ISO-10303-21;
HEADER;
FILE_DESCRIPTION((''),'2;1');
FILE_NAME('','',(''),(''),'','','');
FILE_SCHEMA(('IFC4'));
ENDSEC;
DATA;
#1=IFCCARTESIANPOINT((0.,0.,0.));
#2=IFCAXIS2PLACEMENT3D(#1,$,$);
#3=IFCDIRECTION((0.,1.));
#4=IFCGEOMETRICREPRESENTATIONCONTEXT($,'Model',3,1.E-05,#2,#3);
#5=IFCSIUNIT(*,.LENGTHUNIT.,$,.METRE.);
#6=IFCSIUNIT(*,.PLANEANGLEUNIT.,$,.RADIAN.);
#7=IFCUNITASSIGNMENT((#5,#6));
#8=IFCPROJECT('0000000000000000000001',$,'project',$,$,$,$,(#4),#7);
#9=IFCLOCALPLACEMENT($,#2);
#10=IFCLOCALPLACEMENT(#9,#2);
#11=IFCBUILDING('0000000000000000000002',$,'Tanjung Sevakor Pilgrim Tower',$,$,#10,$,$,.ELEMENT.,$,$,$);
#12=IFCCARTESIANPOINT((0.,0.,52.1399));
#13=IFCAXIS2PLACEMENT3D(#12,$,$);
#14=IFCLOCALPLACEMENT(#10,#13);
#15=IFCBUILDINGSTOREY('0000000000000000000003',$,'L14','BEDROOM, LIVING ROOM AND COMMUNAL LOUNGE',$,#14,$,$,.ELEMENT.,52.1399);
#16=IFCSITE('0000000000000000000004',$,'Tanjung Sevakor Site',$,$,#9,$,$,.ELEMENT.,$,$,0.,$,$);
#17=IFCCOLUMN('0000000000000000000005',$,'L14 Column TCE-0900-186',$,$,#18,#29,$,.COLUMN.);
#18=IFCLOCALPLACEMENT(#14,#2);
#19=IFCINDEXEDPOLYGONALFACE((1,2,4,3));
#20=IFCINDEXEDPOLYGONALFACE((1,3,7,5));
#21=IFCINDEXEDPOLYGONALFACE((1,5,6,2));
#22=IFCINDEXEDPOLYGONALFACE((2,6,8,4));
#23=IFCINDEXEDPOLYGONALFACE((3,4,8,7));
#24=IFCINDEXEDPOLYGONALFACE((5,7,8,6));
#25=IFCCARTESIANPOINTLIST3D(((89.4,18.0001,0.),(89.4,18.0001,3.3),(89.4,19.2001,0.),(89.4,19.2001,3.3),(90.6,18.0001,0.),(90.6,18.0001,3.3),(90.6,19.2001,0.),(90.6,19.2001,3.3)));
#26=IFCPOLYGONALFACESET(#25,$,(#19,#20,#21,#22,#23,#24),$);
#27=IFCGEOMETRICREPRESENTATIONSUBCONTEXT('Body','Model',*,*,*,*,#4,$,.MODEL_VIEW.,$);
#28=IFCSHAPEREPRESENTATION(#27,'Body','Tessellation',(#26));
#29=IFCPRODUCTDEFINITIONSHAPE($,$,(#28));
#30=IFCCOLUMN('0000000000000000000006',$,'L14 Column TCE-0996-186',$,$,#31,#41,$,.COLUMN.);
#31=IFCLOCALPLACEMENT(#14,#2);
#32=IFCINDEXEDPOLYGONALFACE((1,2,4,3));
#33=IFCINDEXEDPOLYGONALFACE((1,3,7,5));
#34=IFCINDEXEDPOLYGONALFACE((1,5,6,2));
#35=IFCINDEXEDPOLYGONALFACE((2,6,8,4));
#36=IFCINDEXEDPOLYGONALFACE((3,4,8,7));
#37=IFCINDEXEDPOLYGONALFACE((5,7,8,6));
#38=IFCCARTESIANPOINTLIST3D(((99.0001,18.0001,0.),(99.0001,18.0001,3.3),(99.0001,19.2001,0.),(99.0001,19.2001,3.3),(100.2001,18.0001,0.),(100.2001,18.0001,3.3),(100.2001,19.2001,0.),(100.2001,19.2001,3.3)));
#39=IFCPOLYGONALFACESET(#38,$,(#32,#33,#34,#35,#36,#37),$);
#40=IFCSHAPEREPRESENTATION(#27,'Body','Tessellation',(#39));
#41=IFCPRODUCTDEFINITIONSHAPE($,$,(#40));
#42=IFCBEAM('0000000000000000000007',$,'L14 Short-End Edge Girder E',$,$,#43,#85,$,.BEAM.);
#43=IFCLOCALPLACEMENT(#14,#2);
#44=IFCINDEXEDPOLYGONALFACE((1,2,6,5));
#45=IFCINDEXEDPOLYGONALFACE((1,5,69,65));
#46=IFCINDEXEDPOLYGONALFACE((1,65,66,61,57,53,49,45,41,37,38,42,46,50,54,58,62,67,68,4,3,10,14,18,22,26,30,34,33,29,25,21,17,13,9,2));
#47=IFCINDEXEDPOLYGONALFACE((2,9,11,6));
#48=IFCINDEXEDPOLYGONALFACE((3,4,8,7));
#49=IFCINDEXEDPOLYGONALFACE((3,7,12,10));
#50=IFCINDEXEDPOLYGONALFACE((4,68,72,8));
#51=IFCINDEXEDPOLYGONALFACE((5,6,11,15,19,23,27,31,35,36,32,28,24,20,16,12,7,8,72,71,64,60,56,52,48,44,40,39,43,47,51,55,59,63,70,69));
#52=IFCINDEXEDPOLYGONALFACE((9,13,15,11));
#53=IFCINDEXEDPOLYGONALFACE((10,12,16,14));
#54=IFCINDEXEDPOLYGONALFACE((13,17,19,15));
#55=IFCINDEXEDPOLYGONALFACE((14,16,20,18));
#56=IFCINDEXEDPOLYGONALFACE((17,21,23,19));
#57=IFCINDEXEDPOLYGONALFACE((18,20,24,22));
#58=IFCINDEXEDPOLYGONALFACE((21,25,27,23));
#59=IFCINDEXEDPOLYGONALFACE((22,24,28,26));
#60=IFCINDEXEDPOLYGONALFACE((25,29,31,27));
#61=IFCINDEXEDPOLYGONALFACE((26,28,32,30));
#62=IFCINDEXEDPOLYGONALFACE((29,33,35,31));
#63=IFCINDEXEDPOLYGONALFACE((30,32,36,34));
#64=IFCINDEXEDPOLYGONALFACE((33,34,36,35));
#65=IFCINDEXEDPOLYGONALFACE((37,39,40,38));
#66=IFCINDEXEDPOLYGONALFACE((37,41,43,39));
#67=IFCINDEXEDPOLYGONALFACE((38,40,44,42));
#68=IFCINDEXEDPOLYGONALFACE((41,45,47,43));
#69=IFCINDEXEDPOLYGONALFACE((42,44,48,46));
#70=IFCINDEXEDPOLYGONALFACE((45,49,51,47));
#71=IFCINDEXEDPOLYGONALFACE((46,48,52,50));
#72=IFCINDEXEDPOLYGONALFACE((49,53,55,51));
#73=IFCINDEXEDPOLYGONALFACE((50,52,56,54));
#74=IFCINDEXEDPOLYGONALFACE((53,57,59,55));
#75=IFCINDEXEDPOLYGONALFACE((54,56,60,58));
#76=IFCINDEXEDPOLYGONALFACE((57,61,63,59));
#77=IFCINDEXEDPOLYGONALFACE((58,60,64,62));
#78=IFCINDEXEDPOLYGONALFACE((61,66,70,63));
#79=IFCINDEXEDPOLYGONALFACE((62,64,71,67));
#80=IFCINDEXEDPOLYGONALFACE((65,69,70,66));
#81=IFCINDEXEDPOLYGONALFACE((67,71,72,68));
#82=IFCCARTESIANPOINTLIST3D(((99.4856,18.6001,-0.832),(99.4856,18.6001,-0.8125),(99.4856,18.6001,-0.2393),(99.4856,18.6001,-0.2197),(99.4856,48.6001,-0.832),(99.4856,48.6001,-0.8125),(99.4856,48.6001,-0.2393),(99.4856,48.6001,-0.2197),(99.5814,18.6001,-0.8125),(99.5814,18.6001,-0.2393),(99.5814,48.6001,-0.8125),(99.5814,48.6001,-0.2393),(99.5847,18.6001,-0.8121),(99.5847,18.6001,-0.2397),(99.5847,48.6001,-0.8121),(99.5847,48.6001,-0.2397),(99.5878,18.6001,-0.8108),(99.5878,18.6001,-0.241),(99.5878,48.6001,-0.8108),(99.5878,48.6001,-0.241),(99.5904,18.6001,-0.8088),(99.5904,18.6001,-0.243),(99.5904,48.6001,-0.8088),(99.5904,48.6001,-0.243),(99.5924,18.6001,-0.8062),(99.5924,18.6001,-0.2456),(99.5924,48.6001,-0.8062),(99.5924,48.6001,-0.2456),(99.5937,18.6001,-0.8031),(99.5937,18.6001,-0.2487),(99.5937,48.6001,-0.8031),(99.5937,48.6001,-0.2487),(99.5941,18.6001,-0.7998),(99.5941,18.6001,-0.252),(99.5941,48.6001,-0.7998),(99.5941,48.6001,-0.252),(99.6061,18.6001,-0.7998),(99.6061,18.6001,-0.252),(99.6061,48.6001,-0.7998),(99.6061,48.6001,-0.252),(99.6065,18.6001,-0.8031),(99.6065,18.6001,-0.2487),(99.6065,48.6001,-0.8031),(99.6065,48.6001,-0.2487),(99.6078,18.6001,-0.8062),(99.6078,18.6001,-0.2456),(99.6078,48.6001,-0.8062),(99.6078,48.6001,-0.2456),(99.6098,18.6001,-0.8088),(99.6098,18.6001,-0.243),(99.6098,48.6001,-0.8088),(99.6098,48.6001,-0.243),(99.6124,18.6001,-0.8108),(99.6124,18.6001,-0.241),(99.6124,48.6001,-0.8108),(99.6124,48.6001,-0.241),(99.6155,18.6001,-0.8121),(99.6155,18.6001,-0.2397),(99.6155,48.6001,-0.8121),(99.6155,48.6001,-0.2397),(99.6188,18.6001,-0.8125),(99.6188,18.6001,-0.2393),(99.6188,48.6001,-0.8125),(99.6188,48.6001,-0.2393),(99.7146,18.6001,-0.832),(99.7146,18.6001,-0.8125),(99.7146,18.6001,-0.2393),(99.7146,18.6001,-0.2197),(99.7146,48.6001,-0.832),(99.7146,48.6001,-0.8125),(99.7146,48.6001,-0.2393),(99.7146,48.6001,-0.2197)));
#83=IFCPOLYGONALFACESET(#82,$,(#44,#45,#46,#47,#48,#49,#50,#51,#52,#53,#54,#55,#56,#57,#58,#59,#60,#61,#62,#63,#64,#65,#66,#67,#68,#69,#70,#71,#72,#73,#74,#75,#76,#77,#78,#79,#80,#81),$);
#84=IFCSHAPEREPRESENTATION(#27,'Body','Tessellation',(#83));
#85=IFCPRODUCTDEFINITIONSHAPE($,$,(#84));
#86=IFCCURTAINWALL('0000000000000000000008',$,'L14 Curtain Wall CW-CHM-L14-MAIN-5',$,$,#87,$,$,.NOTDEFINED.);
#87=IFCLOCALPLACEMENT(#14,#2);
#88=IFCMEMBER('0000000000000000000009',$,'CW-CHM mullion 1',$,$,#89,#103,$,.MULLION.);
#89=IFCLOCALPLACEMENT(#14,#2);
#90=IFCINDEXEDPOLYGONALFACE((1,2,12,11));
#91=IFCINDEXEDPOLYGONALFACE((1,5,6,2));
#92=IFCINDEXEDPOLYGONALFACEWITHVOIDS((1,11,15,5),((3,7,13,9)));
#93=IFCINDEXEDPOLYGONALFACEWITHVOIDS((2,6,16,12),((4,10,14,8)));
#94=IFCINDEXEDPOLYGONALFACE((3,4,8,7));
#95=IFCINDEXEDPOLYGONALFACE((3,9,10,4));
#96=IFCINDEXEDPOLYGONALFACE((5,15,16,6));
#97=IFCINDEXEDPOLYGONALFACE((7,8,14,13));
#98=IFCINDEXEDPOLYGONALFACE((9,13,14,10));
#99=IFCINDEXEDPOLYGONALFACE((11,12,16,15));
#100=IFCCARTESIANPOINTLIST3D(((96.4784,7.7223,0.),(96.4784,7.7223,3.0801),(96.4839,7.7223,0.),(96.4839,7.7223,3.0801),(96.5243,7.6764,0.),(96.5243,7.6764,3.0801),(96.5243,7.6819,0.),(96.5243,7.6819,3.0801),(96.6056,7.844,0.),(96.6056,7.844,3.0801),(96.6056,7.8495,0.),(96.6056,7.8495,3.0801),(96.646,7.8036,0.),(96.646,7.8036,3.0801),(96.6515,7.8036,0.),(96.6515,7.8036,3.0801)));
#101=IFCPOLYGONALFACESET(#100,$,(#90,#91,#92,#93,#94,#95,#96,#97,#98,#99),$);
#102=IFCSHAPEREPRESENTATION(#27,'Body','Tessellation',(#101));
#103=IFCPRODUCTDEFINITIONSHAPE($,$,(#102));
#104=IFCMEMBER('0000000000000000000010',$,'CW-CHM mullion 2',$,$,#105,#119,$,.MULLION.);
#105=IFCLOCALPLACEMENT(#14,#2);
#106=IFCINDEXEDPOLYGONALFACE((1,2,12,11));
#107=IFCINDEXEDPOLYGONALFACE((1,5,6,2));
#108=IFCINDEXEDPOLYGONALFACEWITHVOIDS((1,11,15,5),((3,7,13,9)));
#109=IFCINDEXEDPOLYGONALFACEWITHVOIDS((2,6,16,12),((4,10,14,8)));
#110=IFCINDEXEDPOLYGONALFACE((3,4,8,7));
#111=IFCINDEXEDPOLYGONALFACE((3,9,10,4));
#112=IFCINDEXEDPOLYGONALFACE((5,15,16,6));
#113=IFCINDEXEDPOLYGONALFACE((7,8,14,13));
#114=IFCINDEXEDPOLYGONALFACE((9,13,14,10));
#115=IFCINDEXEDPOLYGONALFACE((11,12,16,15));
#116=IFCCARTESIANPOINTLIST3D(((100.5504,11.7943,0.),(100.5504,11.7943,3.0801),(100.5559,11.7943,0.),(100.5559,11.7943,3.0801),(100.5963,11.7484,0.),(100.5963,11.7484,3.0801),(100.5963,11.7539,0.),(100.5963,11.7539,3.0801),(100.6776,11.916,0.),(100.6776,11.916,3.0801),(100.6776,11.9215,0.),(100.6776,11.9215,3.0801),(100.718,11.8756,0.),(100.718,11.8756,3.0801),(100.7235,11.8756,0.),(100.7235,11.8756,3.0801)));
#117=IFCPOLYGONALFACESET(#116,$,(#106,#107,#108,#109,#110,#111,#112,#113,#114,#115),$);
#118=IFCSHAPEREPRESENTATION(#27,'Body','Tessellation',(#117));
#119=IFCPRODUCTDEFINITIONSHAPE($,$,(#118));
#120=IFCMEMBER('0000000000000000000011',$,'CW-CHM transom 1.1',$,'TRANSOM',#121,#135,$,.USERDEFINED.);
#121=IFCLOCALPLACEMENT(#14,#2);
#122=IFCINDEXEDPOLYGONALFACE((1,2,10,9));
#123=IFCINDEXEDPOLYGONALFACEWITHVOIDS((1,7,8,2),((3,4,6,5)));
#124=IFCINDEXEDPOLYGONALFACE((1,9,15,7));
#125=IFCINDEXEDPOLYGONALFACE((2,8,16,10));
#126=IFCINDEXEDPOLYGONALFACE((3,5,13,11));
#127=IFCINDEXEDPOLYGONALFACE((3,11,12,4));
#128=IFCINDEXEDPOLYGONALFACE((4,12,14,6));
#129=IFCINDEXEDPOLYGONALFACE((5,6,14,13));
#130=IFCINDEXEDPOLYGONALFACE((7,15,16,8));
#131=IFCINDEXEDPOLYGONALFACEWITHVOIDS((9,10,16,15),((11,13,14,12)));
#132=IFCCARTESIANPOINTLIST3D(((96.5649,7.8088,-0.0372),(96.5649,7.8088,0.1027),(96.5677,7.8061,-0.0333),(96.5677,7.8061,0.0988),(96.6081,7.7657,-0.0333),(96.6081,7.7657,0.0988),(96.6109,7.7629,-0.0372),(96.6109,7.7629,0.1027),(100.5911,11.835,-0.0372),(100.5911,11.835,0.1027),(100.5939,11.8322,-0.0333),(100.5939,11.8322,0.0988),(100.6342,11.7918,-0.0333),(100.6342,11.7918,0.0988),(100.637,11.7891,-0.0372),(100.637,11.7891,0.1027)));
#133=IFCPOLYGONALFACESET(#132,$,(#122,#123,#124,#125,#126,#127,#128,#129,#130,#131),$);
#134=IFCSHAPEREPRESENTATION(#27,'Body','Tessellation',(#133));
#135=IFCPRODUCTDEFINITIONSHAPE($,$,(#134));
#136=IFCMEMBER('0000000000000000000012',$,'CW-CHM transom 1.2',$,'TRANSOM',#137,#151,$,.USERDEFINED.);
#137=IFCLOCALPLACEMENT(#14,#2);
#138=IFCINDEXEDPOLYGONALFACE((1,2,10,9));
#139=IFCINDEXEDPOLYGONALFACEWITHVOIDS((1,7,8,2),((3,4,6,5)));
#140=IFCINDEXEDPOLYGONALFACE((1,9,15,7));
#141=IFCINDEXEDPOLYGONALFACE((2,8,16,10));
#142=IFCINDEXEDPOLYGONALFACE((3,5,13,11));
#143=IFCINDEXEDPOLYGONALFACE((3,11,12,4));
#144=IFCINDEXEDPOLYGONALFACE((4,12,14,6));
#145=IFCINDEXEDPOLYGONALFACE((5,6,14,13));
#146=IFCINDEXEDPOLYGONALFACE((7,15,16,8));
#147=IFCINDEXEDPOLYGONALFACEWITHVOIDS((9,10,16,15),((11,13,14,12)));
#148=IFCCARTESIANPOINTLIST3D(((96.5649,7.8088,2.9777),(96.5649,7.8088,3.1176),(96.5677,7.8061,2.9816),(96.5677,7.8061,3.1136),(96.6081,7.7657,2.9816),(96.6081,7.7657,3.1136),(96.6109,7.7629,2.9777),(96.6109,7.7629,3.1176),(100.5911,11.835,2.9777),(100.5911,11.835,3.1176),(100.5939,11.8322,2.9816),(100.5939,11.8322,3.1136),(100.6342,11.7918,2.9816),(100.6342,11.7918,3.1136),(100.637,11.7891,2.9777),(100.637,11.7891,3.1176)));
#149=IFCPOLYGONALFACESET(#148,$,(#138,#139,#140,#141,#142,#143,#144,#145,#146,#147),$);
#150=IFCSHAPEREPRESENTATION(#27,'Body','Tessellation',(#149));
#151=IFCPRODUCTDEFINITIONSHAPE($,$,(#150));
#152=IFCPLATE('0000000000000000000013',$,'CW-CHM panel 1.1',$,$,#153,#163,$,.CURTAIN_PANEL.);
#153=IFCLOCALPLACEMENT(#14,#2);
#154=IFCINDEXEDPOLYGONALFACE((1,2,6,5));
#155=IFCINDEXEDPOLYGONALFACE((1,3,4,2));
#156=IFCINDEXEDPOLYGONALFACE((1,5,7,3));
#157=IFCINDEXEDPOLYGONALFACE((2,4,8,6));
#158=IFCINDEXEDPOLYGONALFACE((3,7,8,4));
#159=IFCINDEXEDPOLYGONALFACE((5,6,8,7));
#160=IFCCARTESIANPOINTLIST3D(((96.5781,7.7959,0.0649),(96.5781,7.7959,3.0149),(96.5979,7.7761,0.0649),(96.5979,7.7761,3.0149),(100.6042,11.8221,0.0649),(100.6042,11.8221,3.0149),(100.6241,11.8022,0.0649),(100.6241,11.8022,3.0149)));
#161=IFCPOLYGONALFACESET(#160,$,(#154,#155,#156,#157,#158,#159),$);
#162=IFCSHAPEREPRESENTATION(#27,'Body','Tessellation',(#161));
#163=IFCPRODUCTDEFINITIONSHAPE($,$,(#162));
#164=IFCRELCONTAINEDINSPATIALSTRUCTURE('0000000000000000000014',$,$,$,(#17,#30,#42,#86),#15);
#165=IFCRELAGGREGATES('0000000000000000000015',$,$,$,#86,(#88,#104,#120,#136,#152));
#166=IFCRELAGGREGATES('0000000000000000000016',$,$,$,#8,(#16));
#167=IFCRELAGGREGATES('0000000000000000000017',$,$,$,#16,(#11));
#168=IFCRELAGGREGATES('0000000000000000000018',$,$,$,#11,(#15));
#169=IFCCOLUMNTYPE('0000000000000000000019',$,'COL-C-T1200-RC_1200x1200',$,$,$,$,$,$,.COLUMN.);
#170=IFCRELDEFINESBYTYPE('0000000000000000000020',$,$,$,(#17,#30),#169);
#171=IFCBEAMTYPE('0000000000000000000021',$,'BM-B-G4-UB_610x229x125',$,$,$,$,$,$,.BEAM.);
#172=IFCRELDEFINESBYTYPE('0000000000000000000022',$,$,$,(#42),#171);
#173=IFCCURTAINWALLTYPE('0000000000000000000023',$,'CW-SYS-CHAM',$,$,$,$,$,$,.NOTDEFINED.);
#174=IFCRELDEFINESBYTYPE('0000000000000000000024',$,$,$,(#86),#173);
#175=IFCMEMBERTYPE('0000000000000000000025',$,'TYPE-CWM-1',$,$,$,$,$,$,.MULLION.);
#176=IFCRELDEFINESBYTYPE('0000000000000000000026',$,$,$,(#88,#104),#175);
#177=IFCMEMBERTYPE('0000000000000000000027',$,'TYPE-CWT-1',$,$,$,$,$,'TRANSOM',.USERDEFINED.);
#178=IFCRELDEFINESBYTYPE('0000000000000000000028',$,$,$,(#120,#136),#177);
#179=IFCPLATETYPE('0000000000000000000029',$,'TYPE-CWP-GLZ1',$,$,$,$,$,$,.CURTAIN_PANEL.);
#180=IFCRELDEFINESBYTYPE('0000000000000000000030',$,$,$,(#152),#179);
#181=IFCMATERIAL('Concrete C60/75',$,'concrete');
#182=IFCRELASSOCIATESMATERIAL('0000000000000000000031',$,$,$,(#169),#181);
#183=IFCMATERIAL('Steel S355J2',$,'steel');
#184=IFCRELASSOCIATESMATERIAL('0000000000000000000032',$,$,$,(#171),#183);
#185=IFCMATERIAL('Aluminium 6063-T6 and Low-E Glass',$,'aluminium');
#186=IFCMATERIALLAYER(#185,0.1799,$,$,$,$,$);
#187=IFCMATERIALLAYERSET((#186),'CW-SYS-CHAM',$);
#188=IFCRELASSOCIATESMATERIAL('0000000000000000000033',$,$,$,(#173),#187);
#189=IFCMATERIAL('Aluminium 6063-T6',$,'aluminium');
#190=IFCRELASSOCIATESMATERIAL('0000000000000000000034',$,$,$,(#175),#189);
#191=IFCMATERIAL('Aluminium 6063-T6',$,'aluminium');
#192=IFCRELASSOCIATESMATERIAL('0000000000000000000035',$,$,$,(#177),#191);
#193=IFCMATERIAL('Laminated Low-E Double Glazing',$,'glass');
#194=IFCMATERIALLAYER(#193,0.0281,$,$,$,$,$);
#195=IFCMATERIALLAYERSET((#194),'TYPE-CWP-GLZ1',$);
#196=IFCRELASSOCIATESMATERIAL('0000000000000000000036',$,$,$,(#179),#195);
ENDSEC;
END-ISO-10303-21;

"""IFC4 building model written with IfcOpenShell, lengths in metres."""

from ifc_helpers import new_model, si_unit, direction, frame, origin, origin_2d, place, context, subcontext, project, spatial, rectangle, hollow_rectangle, i_section, extrude, material, layer, layer_set, material_profile, profile_set, type_object, element, aggregate, save


model = new_model("IFC4")

# Units and contexts
model_context = context("Model", 3, precision=1e-05, world=origin(), true_north=direction((0.0, 1.0)))
body_context = subcontext(model_context, "Body", "Model", "MODEL_VIEW")
ifc_project = project(units=[si_unit("LENGTHUNIT", "METRE"), si_unit("PLANEANGLEUNIT", "RADIAN")], contexts=[model_context])

# Site, building, storey
site_placement = place(None, origin())
site = spatial("IfcSite", under=ifc_project, at=site_placement, Name="Tanjung Sevakor Site", CompositionType="ELEMENT", RefElevation=0.0)
building_placement = place(site_placement, origin())
building = spatial("IfcBuilding", under=site, at=building_placement, Name="Tanjung Sevakor Pilgrim Tower", CompositionType="ELEMENT")
storey_placement = place(building_placement, frame((0.0, 0.0, 52.1399)))
storey = spatial("IfcBuildingStorey", under=building, at=storey_placement, Name="L14", Description="BEDROOM, LIVING ROOM AND COMMUNAL LOUNGE", CompositionType="ELEMENT", Elevation=52.1399)

# Columns
ifc_material_1 = material(Name="Concrete C60/75", Category="concrete")
ifc_material_profile_1 = material_profile(ifc_material_1, rectangle(XDim=1.2, YDim=1.2, at=origin_2d()))
ifc_profile_set_1 = profile_set([ifc_material_profile_1], Name="Concrete C60/75")
column_type = type_object("IfcColumnType", Name="COL-C-T1200-RC_1200x1200", PredefinedType="COLUMN", material=ifc_profile_set_1)
for number, where, z_axis, x_axis, name in (
    (1, (90.0, 18.6001, 0.0), (0.0, 0.0, 1.0), (1.0, 0.0, 0.0), "L14 Column TCE-0900-186"),
    (2, (99.6001, 18.6001, 0.0), (0.0, 0.0, 1.0), (1.0, 0.0, 0.0), "L14 Column TCE-0996-186"),
):
    element("IfcColumn", number, at=place(storey_placement, frame(where, z_axis=z_axis, x_axis=x_axis)), inside=storey, type_object=column_type, Name=name, PredefinedType="COLUMN", context=body_context, shape_type="SweptSolid", body=[
        extrude(rectangle(XDim=1.2, YDim=1.2, at=origin_2d()), origin(), (0.0, 0.0, 1.0), 3.3),
    ])

# Beam
ifc_material_2 = material(Name="Steel S355J2", Category="steel")
ifc_material_profile_2 = material_profile(ifc_material_2, i_section(OverallWidth=0.229, OverallDepth=0.6123, WebThickness=0.012, FlangeThickness=0.0195, FilletRadius=0.0127, at=origin_2d()))
ifc_profile_set_2 = profile_set([ifc_material_profile_2], Name="Steel S355J2")
beam_type = type_object("IfcBeamType", Name="BM-B-G4-UB_610x229x125", PredefinedType="BEAM", material=ifc_profile_set_2)
beam_placement = place(storey_placement, frame((99.6001, 18.6001, -0.5259), z_axis=(0.0, 1.0, 0.0), x_axis=(-1.0, 0.0, 0.0)))
element("IfcBeam", 3, at=beam_placement, inside=storey, type_object=beam_type, Name="L14 Short-End Edge Girder E", PredefinedType="BEAM", context=body_context, shape_type="SweptSolid", body=[
    extrude(i_section(OverallWidth=0.229, OverallDepth=0.6123, WebThickness=0.012, FlangeThickness=0.0195, FilletRadius=0.0127, at=origin_2d()), origin(), (0.0, 0.0, 1.0), 30.0),
])

# Curtain wall, members, plate
ifc_material_3 = material(Name="Aluminium 6063-T6 and Low-E Glass", Category="aluminium")
ifc_layer_1 = layer(ifc_material_3, 0.1799)
ifc_layer_set_1 = layer_set([ifc_layer_1], Name="CW-SYS-CHAM")
curtain_wall_type = type_object("IfcCurtainWallType", Name="CW-SYS-CHAM", PredefinedType="NOTDEFINED", material=ifc_layer_set_1)
curtain_wall_placement = place(storey_placement, origin())
curtain_wall = element("IfcCurtainWall", 4, at=curtain_wall_placement, inside=storey, type_object=curtain_wall_type, Name="L14 Curtain Wall CW-CHM-L14-MAIN-5", PredefinedType="NOTDEFINED")
ifc_material_4 = material(Name="Aluminium 6063-T6", Category="aluminium")
ifc_material_profile_3 = material_profile(ifc_material_4, hollow_rectangle(XDim=0.0649, YDim=0.1799, WallThickness=0.0039, at=origin_2d()))
ifc_profile_set_3 = profile_set([ifc_material_profile_3], Name="Aluminium 6063-T6")
member_type_1 = type_object("IfcMemberType", Name="TYPE-CWM-1", PredefinedType="MULLION", material=ifc_profile_set_3)
member_1_placement = place(storey_placement, frame((96.5649, 7.7629, 0.0), z_axis=(0.0, 0.0, 1.0), x_axis=(-0.707107, 0.707107, 0.0)))
member_1 = element("IfcMember", 5, at=member_1_placement, type_object=member_type_1, Name="CW-CHM mullion 1", PredefinedType="MULLION", context=body_context, shape_type="SweptSolid", body=[
    extrude(hollow_rectangle(XDim=0.0649, YDim=0.1799, WallThickness=0.0039, at=origin_2d()), origin(), (0.0, 0.0, 1.0), 3.0801),
])
member_2_placement = place(storey_placement, frame((100.637, 11.835, 0.0), z_axis=(0.0, 0.0, 1.0), x_axis=(-0.707107, 0.707107, 0.0)))
member_2 = element("IfcMember", 6, at=member_2_placement, type_object=member_type_1, Name="CW-CHM mullion 2", PredefinedType="MULLION", context=body_context, shape_type="SweptSolid", body=[
    extrude(hollow_rectangle(XDim=0.0649, YDim=0.1799, WallThickness=0.0039, at=origin_2d()), origin(), (0.0, 0.0, 1.0), 3.0801),
])
ifc_material_5 = material(Name="Aluminium 6063-T6", Category="aluminium")
ifc_material_profile_4 = material_profile(ifc_material_5, hollow_rectangle(XDim=0.0649, YDim=0.1399, WallThickness=0.0039, at=origin_2d()))
ifc_profile_set_4 = profile_set([ifc_material_profile_4], Name="Aluminium 6063-T6")
member_type_2 = type_object("IfcMemberType", Name="TYPE-CWT-1", ElementType="TRANSOM", PredefinedType="USERDEFINED", material=ifc_profile_set_4)
member_3_placement = place(storey_placement, frame((96.5879, 7.7859, 0.0327), z_axis=(0.707107, 0.707107, 0.0), x_axis=(-0.707107, 0.707107, 0.0)))
member_3 = element("IfcMember", 7, at=member_3_placement, type_object=member_type_2, Name="CW-CHM transom 1.1", ObjectType="TRANSOM", PredefinedType="USERDEFINED", context=body_context, shape_type="SweptSolid", body=[
    extrude(hollow_rectangle(XDim=0.0649, YDim=0.1399, WallThickness=0.0039, at=origin_2d()), origin(), (0.0, 0.0, 1.0), 5.6938),
])
member_4_placement = place(storey_placement, frame((96.5879, 7.7859, 3.0476), z_axis=(0.707107, 0.707107, 0.0), x_axis=(-0.707107, 0.707107, 0.0)))
member_4 = element("IfcMember", 8, at=member_4_placement, type_object=member_type_2, Name="CW-CHM transom 1.2", ObjectType="TRANSOM", PredefinedType="USERDEFINED", context=body_context, shape_type="SweptSolid", body=[
    extrude(hollow_rectangle(XDim=0.0649, YDim=0.1399, WallThickness=0.0039, at=origin_2d()), origin(), (0.0, 0.0, 1.0), 5.6938),
])
ifc_material_6 = material(Name="Laminated Low-E Double Glazing", Category="glass")
ifc_layer_2 = layer(ifc_material_6, 0.0281)
ifc_layer_set_2 = layer_set([ifc_layer_2], Name="TYPE-CWP-GLZ1")
plate_type = type_object("IfcPlateType", Name="TYPE-CWP-GLZ1", PredefinedType="CURTAIN_PANEL", material=ifc_layer_set_2)
plate_placement = place(storey_placement, frame((98.6011, 9.7991, 0.0649), z_axis=(0.0, 0.0, 1.0), x_axis=(0.707107, 0.707107, 0.0)))
plate = element("IfcPlate", 9, at=plate_placement, type_object=plate_type, Name="CW-CHM panel 1.1", PredefinedType="CURTAIN_PANEL", context=body_context, shape_type="SweptSolid", body=[
    extrude(rectangle(XDim=5.6938, YDim=0.0281, at=origin_2d()), origin(), (0.0, 0.0, 1.0), 2.95),
])
aggregate(curtain_wall, [member_1, member_2, member_3, member_4, plate])

save(model, "model.ifc")
